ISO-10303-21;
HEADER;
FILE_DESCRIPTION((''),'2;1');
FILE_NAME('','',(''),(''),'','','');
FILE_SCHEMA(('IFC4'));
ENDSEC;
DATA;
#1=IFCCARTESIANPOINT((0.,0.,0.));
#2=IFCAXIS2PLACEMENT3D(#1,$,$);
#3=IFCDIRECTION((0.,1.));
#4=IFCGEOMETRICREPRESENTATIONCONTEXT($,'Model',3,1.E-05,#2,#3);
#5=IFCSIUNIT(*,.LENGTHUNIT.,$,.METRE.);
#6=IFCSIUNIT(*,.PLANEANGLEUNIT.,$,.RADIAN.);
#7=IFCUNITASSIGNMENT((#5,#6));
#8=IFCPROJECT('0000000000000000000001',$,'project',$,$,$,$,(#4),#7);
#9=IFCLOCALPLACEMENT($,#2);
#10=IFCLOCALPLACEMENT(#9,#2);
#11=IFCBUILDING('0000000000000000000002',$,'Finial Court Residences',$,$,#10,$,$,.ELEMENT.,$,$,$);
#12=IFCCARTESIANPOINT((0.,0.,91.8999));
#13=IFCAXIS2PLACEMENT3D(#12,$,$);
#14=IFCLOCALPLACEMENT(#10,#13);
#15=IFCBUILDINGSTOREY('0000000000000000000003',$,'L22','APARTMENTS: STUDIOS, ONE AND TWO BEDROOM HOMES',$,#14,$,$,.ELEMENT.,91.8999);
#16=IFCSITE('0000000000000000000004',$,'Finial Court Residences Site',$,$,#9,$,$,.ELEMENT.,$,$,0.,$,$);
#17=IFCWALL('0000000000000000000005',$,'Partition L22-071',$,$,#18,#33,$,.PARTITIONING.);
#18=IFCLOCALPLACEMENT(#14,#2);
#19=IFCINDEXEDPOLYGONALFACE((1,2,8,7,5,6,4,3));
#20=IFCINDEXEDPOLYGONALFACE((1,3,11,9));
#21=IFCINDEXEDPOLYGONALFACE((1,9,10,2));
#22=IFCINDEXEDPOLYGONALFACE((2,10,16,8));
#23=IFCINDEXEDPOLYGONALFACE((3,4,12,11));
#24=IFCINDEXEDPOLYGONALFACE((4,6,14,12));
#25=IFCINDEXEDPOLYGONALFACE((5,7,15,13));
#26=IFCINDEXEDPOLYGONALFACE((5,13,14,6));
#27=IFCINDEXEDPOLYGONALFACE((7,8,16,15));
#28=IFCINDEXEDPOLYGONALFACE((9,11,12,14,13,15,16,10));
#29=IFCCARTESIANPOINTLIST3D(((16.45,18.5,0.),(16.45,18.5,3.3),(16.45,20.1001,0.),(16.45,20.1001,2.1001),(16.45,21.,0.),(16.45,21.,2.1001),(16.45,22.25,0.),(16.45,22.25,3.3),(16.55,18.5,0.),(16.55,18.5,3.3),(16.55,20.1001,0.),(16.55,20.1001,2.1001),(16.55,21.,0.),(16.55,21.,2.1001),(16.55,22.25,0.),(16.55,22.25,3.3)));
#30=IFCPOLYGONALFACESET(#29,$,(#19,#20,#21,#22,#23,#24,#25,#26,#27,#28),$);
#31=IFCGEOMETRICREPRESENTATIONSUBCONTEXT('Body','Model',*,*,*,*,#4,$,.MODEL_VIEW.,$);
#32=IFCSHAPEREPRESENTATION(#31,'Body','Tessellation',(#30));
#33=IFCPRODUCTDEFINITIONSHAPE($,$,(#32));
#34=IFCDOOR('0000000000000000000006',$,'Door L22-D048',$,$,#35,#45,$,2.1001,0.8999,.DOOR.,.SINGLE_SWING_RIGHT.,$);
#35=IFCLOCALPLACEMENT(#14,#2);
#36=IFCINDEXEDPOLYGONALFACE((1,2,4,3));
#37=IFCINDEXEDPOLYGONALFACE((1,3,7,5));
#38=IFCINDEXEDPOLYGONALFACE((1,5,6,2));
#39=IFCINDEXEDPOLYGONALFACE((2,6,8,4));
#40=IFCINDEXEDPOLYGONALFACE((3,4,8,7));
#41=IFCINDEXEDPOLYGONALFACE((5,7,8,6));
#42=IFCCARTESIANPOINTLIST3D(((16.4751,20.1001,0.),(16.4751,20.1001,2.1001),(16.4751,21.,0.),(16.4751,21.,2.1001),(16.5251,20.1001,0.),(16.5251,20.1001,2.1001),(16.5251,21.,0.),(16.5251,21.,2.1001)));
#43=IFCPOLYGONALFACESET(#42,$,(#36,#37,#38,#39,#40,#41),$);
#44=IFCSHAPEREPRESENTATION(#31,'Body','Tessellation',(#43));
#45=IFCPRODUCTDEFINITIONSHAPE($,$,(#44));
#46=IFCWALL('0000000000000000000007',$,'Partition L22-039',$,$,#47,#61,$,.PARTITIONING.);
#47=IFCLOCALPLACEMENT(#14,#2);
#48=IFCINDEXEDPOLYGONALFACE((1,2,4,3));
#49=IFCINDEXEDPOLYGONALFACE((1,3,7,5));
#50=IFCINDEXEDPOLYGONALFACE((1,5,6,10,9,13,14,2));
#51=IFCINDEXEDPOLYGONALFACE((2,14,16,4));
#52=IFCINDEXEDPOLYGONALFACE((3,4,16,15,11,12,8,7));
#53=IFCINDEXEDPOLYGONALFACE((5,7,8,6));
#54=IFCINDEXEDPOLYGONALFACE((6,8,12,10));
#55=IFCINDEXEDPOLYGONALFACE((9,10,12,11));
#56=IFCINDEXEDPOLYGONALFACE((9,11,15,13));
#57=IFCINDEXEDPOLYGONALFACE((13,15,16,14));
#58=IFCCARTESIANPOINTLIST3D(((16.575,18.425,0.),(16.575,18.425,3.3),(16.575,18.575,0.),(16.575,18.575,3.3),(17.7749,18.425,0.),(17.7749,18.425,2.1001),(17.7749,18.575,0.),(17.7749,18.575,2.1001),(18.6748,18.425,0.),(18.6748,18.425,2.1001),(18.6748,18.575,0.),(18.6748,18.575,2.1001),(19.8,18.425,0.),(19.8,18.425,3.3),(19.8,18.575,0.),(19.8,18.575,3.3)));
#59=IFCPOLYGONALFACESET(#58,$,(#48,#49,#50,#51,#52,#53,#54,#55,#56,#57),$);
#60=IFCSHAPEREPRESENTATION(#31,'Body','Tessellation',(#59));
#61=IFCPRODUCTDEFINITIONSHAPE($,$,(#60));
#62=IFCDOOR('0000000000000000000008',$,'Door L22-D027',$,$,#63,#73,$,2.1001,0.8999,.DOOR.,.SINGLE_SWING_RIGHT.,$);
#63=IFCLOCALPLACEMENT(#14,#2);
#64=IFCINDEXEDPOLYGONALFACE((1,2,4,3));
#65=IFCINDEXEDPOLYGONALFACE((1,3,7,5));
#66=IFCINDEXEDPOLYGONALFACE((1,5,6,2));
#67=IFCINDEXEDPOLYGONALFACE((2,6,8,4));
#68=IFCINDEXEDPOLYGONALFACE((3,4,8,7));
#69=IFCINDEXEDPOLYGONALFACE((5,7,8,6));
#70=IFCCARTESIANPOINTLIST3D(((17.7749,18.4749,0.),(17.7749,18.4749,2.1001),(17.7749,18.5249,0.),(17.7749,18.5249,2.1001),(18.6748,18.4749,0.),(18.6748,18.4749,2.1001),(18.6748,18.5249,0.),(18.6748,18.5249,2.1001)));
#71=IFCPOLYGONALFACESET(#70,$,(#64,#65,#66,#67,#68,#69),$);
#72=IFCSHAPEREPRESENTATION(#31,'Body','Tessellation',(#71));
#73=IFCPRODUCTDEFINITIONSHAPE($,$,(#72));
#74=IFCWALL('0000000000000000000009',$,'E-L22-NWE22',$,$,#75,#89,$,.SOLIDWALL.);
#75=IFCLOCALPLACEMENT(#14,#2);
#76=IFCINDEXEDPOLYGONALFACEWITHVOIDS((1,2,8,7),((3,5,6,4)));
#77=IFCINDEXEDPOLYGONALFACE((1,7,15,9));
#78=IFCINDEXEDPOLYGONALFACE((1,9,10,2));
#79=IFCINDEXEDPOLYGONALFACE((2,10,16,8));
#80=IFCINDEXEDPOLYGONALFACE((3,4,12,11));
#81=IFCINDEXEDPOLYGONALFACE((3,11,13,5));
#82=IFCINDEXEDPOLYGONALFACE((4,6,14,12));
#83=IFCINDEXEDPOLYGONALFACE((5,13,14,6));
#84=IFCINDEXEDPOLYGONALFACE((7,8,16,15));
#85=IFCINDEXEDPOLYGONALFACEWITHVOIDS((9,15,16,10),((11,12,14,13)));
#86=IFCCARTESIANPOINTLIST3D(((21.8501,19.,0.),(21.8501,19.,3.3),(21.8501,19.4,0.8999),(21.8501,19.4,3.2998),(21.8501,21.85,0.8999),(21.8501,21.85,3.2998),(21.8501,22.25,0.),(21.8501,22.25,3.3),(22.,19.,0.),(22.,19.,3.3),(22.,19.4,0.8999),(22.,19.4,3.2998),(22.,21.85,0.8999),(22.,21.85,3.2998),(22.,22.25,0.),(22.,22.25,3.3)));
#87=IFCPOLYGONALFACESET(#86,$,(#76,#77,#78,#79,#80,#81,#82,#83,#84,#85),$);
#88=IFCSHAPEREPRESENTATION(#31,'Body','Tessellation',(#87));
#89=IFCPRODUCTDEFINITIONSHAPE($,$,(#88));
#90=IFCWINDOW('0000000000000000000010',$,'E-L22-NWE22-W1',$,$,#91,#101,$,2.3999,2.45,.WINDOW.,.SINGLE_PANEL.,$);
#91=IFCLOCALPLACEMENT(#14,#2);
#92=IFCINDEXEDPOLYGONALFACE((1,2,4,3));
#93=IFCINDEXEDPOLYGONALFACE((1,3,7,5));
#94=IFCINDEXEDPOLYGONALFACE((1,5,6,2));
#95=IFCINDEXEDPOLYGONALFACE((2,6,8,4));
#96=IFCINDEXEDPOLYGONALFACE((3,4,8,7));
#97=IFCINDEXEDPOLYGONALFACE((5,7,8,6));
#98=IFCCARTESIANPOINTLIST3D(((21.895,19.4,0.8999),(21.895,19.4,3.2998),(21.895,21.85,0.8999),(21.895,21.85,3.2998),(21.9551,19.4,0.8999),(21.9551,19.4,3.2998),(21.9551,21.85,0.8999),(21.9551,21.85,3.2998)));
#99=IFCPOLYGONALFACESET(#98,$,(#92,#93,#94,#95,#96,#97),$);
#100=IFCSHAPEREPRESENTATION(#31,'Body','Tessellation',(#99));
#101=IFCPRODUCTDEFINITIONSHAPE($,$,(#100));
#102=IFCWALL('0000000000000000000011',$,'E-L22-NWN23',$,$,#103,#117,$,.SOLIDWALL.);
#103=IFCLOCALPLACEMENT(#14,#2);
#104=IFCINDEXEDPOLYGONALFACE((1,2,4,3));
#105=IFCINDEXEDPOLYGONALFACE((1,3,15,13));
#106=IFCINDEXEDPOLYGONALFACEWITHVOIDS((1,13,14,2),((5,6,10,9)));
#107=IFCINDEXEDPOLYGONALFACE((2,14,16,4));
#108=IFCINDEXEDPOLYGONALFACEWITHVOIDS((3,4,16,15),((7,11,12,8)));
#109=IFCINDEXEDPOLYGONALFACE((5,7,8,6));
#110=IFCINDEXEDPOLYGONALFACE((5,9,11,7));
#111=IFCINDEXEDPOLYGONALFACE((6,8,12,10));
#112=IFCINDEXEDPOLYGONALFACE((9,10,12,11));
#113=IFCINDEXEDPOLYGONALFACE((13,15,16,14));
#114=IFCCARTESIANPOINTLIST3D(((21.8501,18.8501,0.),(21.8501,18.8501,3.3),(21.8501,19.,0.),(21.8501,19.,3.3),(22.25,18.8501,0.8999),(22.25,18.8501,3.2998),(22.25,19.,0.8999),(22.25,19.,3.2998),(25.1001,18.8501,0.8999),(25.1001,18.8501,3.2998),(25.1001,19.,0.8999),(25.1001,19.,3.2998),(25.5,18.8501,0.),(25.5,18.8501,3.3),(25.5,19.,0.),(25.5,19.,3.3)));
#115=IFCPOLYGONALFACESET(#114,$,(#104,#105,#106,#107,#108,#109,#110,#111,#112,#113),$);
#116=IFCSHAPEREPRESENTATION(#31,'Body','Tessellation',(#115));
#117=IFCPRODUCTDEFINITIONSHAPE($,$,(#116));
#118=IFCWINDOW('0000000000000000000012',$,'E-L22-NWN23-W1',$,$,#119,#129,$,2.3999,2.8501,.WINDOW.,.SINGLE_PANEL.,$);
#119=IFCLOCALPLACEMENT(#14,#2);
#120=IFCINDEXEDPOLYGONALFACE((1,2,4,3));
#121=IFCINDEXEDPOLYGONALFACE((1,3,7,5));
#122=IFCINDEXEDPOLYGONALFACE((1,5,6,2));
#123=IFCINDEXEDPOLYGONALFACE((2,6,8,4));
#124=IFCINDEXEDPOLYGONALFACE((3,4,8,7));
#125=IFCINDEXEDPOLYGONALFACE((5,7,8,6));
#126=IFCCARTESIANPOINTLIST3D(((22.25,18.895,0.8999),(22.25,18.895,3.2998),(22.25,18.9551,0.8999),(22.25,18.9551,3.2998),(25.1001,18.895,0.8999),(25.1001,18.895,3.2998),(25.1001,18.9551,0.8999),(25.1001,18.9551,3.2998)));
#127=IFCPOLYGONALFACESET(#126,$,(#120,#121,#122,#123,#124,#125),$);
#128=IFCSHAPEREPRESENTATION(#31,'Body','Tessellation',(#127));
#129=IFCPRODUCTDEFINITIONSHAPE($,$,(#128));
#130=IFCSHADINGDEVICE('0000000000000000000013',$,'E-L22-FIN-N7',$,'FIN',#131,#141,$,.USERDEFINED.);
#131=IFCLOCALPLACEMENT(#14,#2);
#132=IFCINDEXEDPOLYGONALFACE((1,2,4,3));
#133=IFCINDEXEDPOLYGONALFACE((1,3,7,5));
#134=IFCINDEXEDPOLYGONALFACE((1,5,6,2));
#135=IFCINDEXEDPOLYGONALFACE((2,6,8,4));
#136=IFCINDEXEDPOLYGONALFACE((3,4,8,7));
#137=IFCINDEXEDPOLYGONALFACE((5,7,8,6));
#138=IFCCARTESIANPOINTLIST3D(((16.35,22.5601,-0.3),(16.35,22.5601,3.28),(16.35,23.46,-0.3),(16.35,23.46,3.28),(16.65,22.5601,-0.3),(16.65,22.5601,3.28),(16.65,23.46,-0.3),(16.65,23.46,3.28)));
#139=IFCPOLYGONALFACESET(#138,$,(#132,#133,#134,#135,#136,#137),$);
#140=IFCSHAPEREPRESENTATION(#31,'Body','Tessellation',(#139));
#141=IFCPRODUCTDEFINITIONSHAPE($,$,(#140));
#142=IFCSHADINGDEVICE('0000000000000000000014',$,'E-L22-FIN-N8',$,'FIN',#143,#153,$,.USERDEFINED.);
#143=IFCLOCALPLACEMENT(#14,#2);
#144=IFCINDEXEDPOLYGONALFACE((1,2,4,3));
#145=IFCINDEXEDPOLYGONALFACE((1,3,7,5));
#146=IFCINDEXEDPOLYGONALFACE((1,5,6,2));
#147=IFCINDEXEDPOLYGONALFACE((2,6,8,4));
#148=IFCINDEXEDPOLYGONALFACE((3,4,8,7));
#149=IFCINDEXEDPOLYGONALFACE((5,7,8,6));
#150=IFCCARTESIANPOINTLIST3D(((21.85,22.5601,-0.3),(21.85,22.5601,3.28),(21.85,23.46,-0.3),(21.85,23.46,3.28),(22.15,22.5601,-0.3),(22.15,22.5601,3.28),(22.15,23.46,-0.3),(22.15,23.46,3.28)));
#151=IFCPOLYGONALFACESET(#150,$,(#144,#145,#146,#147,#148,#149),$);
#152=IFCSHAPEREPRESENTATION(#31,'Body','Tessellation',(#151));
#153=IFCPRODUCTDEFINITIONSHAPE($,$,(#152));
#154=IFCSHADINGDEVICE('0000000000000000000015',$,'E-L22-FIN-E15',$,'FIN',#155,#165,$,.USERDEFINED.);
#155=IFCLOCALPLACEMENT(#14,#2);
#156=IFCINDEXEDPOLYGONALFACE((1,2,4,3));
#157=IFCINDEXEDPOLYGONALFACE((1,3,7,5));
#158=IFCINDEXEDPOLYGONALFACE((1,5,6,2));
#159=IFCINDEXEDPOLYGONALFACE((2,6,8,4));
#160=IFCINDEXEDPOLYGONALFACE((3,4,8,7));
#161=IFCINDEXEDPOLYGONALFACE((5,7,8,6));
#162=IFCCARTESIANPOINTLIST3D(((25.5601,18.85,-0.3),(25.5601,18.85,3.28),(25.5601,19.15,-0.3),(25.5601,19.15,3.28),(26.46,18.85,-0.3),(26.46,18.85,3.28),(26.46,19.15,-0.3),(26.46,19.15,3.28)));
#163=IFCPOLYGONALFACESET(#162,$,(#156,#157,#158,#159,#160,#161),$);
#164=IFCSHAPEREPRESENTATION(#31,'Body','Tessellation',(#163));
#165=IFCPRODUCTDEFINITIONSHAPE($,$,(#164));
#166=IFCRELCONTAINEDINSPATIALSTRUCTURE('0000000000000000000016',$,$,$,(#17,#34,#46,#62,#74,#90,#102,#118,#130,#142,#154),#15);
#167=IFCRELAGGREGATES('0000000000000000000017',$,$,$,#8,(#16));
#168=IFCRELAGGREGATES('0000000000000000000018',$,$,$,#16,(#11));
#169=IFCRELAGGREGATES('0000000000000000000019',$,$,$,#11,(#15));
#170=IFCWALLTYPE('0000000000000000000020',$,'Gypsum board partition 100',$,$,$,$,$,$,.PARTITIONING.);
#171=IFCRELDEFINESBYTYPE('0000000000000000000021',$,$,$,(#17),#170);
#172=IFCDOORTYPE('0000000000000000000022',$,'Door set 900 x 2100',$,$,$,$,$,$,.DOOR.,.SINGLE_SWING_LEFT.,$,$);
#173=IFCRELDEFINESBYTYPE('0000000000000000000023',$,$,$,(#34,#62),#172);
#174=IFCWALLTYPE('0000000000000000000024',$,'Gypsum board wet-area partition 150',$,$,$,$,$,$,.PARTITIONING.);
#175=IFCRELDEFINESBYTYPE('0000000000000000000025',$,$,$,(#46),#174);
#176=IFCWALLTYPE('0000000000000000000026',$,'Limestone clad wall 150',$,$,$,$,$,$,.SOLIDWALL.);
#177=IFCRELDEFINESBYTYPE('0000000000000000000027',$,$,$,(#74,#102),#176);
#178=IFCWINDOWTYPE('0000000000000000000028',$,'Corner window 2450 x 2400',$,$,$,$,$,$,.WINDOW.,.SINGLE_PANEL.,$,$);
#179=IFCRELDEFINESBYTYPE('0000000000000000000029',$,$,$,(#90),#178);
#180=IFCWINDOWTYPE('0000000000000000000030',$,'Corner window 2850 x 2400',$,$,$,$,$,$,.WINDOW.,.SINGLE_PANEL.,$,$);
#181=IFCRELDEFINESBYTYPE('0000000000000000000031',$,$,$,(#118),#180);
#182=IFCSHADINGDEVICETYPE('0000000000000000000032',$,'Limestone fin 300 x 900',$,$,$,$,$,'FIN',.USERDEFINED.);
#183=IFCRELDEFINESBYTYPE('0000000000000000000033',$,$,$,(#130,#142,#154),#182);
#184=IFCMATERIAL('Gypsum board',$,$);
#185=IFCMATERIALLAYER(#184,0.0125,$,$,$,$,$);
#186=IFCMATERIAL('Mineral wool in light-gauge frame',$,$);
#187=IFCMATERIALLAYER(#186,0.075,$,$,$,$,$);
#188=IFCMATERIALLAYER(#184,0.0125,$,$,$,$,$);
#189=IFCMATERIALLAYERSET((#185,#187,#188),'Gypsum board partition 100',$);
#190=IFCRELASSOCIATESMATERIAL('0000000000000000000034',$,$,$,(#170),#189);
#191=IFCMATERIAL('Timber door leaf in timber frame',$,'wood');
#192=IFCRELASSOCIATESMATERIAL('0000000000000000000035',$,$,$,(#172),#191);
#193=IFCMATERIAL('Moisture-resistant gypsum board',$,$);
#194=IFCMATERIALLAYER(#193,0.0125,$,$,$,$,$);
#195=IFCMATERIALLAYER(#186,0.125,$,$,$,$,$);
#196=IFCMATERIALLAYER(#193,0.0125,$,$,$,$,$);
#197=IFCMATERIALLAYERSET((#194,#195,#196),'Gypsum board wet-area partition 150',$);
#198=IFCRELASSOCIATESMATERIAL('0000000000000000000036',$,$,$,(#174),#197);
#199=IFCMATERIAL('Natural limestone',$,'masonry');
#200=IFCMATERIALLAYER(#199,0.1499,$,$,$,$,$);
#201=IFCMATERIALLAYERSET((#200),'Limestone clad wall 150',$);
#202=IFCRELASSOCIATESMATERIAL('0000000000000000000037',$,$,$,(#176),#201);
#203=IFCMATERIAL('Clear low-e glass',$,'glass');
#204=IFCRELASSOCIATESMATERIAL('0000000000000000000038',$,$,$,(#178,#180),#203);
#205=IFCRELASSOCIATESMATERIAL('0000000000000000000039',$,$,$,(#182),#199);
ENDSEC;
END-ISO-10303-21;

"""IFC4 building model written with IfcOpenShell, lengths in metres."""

from ifc_helpers import new_model, si_unit, direction, frame, frame_2d, origin, origin_2d, place, context, subcontext, project, spatial, rectangle, extrude, material, layer, layer_set, type_object, element, fill, save


model = new_model("IFC4")

# Units and contexts
model_context = context("Model", 3, precision=1e-05, world=origin(), true_north=direction((0.0, 1.0)))
body_context = subcontext(model_context, "Body", "Model", "MODEL_VIEW")
ifc_project = project(units=[si_unit("LENGTHUNIT", "METRE"), si_unit("PLANEANGLEUNIT", "RADIAN")], contexts=[model_context])

# Site, building, storey
site_placement = place(None, origin())
site = spatial("IfcSite", under=ifc_project, at=site_placement, Name="Finial Court Residences Site", CompositionType="ELEMENT", RefElevation=0.0)
building_placement = place(site_placement, origin())
building = spatial("IfcBuilding", under=site, at=building_placement, Name="Finial Court Residences", CompositionType="ELEMENT")
storey_placement = place(building_placement, frame((0.0, 0.0, 91.8999)))
storey = spatial("IfcBuildingStorey", under=building, at=storey_placement, Name="L22", Description="APARTMENTS: STUDIOS, ONE AND TWO BEDROOM HOMES", CompositionType="ELEMENT", Elevation=91.8999)

# Shared definitions
ifc_material_1 = material(Name="Clear low-e glass", Category="glass")

# Walls, openings, doors
ifc_material_2 = material(Name="Gypsum board")
ifc_layer_1 = layer(ifc_material_2, 0.0125)
ifc_material_3 = material(Name="Mineral wool in light-gauge frame")
ifc_layer_2 = layer(ifc_material_3, 0.075)
ifc_layer_3 = layer(ifc_material_2, 0.0125)
ifc_layer_set_1 = layer_set([ifc_layer_1, ifc_layer_2, ifc_layer_3], Name="Gypsum board partition 100")
wall_type_1 = type_object("IfcWallType", Name="Gypsum board partition 100", PredefinedType="PARTITIONING", material=ifc_layer_set_1)
ifc_material_4 = material(Name="Timber door leaf in timber frame", Category="wood")
door_type = type_object("IfcDoorType", Name="Door set 900 x 2100", OperationType="SINGLE_SWING_LEFT", PredefinedType="DOOR", material=ifc_material_4)
wall_1_placement = place(storey_placement, frame((16.5, 18.5, 0.0), z_axis=(0.0, 0.0, 1.0), x_axis=(0.0, 1.0, 0.0)))
wall_1 = element("IfcWall", 1, at=wall_1_placement, inside=storey, type_object=wall_type_1, Name="Partition L22-071", PredefinedType="PARTITIONING", context=body_context, shape_type="SweptSolid", body=[
    extrude(rectangle(XDim=3.75, YDim=0.1001, at=frame_2d((1.875, 0.0))), origin(), (0.0, 0.0, 1.0), 3.3),
])
opening_1_placement = place(wall_1_placement, frame((1.6001, 0.0, 0.0)))
opening_1 = element("IfcOpeningElement", 2, at=opening_1_placement, cuts=wall_1, PredefinedType="OPENING", context=body_context, shape_type="SweptSolid", body=[
    extrude(rectangle(XDim=0.8999, YDim=2.1001, at=frame_2d((0.45, 1.05))), frame((0.0, 0.0601, 0.0), z_axis=(0.0, -1.0, 0.0), x_axis=(1.0, 0.0, 0.0)), (0.0, 0.0, 1.0), 0.1201),
])
door_1_placement = place(opening_1_placement, origin())
door_1 = element("IfcDoor", 3, at=door_1_placement, inside=storey, type_object=door_type, Name="Door L22-D048", OperationType="SINGLE_SWING_RIGHT", OverallHeight=2.1001, OverallWidth=0.8999, PredefinedType="DOOR", context=body_context, shape_type="SweptSolid", body=[
    extrude(rectangle(XDim=0.8999, YDim=2.1001, at=frame_2d((0.45, 1.05))), frame((0.0, 0.0249, 0.0), z_axis=(0.0, -1.0, 0.0), x_axis=(1.0, 0.0, 0.0)), (0.0, 0.0, 1.0), 0.05),
])
fill(opening_1, door_1)
ifc_material_5 = material(Name="Moisture-resistant gypsum board")
ifc_layer_4 = layer(ifc_material_5, 0.0125)
ifc_layer_5 = layer(ifc_material_3, 0.125)
ifc_layer_6 = layer(ifc_material_5, 0.0125)
ifc_layer_set_2 = layer_set([ifc_layer_4, ifc_layer_5, ifc_layer_6], Name="Gypsum board wet-area partition 150")
wall_type_2 = type_object("IfcWallType", Name="Gypsum board wet-area partition 150", PredefinedType="PARTITIONING", material=ifc_layer_set_2)
wall_2_placement = place(storey_placement, frame((16.575, 18.5, 0.0), z_axis=(0.0, 0.0, 1.0), x_axis=(1.0, 0.0, 0.0)))
wall_2 = element("IfcWall", 4, at=wall_2_placement, inside=storey, type_object=wall_type_2, Name="Partition L22-039", PredefinedType="PARTITIONING", context=body_context, shape_type="SweptSolid", body=[
    extrude(rectangle(XDim=3.2251, YDim=0.1499, at=frame_2d((1.6125, 0.0))), origin(), (0.0, 0.0, 1.0), 3.3),
])
opening_2_placement = place(wall_2_placement, frame((1.2, 0.0, 0.0)))
opening_2 = element("IfcOpeningElement", 5, at=opening_2_placement, cuts=wall_2, PredefinedType="OPENING", context=body_context, shape_type="SweptSolid", body=[
    extrude(rectangle(XDim=0.8999, YDim=2.1001, at=frame_2d((0.45, 1.05))), frame((0.0, 0.085, 0.0), z_axis=(0.0, -1.0, 0.0), x_axis=(1.0, 0.0, 0.0)), (0.0, 0.0, 1.0), 0.1699),
])
door_2_placement = place(opening_2_placement, origin())
door_2 = element("IfcDoor", 6, at=door_2_placement, inside=storey, type_object=door_type, Name="Door L22-D027", OperationType="SINGLE_SWING_RIGHT", OverallHeight=2.1001, OverallWidth=0.8999, PredefinedType="DOOR", context=body_context, shape_type="SweptSolid", body=[
    extrude(rectangle(XDim=0.8999, YDim=2.1001, at=frame_2d((0.45, 1.05))), frame((0.0, 0.0249, 0.0), z_axis=(0.0, -1.0, 0.0), x_axis=(1.0, 0.0, 0.0)), (0.0, 0.0, 1.0), 0.05),
])
fill(opening_2, door_2)

# Walls, openings, windows
ifc_material_6 = material(Name="Natural limestone", Category="masonry")
ifc_layer_7 = layer(ifc_material_6, 0.1499)
ifc_layer_set_3 = layer_set([ifc_layer_7], Name="Limestone clad wall 150")
wall_type_3 = type_object("IfcWallType", Name="Limestone clad wall 150", PredefinedType="SOLIDWALL", material=ifc_layer_set_3)
wall_3_placement = place(storey_placement, frame((21.925, 22.25, 0.0), z_axis=(0.0, 0.0, 1.0), x_axis=(0.0, -1.0, 0.0)))
wall_3 = element("IfcWall", 7, at=wall_3_placement, inside=storey, type_object=wall_type_3, Name="E-L22-NWE22", PredefinedType="SOLIDWALL", context=body_context, shape_type="SweptSolid", body=[
    extrude(rectangle(XDim=3.25, YDim=0.1499, at=frame_2d((1.625, 0.0))), origin(), (0.0, 0.0, 1.0), 3.3),
])
opening_3_placement = place(wall_3_placement, frame((0.3999, 0.0, 0.8999)))
opening_3 = element("IfcOpeningElement", 8, at=opening_3_placement, cuts=wall_3, PredefinedType="OPENING", context=body_context, shape_type="SweptSolid", body=[
    extrude(rectangle(XDim=2.45, YDim=2.3999, at=frame_2d((1.2251, 1.2))), frame((0.0, 0.085, 0.0), z_axis=(0.0, -1.0, 0.0), x_axis=(1.0, 0.0, 0.0)), (0.0, 0.0, 1.0), 0.1699),
])
window_type_1 = type_object("IfcWindowType", Name="Corner window 2450 x 2400", PartitioningType="SINGLE_PANEL", PredefinedType="WINDOW", material=ifc_material_1)
window_1_placement = place(opening_3_placement, origin())
window_1 = element("IfcWindow", 9, at=window_1_placement, inside=storey, type_object=window_type_1, Name="E-L22-NWE22-W1", OverallHeight=2.3999, OverallWidth=2.45, PartitioningType="SINGLE_PANEL", PredefinedType="WINDOW", context=body_context, shape_type="SweptSolid", body=[
    extrude(rectangle(XDim=2.45, YDim=2.3999, at=frame_2d((1.2251, 1.2))), frame((0.0, 0.03, 0.0), z_axis=(0.0, -1.0, 0.0), x_axis=(1.0, 0.0, 0.0)), (0.0, 0.0, 1.0), 0.0601),
])
fill(opening_3, window_1)
wall_4_placement = place(storey_placement, frame((21.8501, 18.925, 0.0), z_axis=(0.0, 0.0, 1.0), x_axis=(1.0, 0.0, 0.0)))
wall_4 = element("IfcWall", 10, at=wall_4_placement, inside=storey, type_object=wall_type_3, Name="E-L22-NWN23", PredefinedType="SOLIDWALL", context=body_context, shape_type="SweptSolid", body=[
    extrude(rectangle(XDim=3.6499, YDim=0.1499, at=frame_2d((1.825, 0.0))), origin(), (0.0, 0.0, 1.0), 3.3),
])
opening_4_placement = place(wall_4_placement, frame((0.3999, 0.0, 0.8999)))
opening_4 = element("IfcOpeningElement", 11, at=opening_4_placement, cuts=wall_4, PredefinedType="OPENING", context=body_context, shape_type="SweptSolid", body=[
    extrude(rectangle(XDim=2.8501, YDim=2.3999, at=frame_2d((1.425, 1.2))), frame((0.0, 0.085, 0.0), z_axis=(0.0, -1.0, 0.0), x_axis=(1.0, 0.0, 0.0)), (0.0, 0.0, 1.0), 0.1699),
])
window_type_2 = type_object("IfcWindowType", Name="Corner window 2850 x 2400", PartitioningType="SINGLE_PANEL", PredefinedType="WINDOW", material=ifc_material_1)
window_2_placement = place(opening_4_placement, origin())
window_2 = element("IfcWindow", 12, at=window_2_placement, inside=storey, type_object=window_type_2, Name="E-L22-NWN23-W1", OverallHeight=2.3999, OverallWidth=2.8501, PartitioningType="SINGLE_PANEL", PredefinedType="WINDOW", context=body_context, shape_type="SweptSolid", body=[
    extrude(rectangle(XDim=2.8501, YDim=2.3999, at=frame_2d((1.425, 1.2))), frame((0.0, 0.03, 0.0), z_axis=(0.0, -1.0, 0.0), x_axis=(1.0, 0.0, 0.0)), (0.0, 0.0, 1.0), 0.0601),
])
fill(opening_4, window_2)

# Shading devices
shading_device_type = type_object("IfcShadingDeviceType", Name="Limestone fin 300 x 900", ElementType="FIN", PredefinedType="USERDEFINED", material=ifc_material_6)
for number, where, z_axis, x_axis, name in (
    (13, (16.5, 23.01, -0.3), (0.0, 0.0, 1.0), (1.0, 0.0, 0.0), "E-L22-FIN-N7"),
    (14, (22.0, 23.01, -0.3), (0.0, 0.0, 1.0), (1.0, 0.0, 0.0), "E-L22-FIN-N8"),
):
    element("IfcShadingDevice", number, at=place(storey_placement, frame(where, z_axis=z_axis, x_axis=x_axis)), inside=storey, type_object=shading_device_type, Name=name, ObjectType="FIN", PredefinedType="USERDEFINED", context=body_context, shape_type="SweptSolid", body=[
        extrude(rectangle(XDim=0.3, YDim=0.8999, at=origin_2d()), origin(), (0.0, 0.0, 1.0), 3.5801),
    ])
shading_device_placement = place(storey_placement, frame((26.01, 19.0, -0.3), z_axis=(0.0, 0.0, 1.0), x_axis=(1.0, 0.0, 0.0)))
element("IfcShadingDevice", 15, at=shading_device_placement, inside=storey, type_object=shading_device_type, Name="E-L22-FIN-E15", ObjectType="FIN", PredefinedType="USERDEFINED", context=body_context, shape_type="SweptSolid", body=[
    extrude(rectangle(XDim=0.8999, YDim=0.3, at=origin_2d()), origin(), (0.0, 0.0, 1.0), 3.5801),
])

save(model, "model.ifc")
